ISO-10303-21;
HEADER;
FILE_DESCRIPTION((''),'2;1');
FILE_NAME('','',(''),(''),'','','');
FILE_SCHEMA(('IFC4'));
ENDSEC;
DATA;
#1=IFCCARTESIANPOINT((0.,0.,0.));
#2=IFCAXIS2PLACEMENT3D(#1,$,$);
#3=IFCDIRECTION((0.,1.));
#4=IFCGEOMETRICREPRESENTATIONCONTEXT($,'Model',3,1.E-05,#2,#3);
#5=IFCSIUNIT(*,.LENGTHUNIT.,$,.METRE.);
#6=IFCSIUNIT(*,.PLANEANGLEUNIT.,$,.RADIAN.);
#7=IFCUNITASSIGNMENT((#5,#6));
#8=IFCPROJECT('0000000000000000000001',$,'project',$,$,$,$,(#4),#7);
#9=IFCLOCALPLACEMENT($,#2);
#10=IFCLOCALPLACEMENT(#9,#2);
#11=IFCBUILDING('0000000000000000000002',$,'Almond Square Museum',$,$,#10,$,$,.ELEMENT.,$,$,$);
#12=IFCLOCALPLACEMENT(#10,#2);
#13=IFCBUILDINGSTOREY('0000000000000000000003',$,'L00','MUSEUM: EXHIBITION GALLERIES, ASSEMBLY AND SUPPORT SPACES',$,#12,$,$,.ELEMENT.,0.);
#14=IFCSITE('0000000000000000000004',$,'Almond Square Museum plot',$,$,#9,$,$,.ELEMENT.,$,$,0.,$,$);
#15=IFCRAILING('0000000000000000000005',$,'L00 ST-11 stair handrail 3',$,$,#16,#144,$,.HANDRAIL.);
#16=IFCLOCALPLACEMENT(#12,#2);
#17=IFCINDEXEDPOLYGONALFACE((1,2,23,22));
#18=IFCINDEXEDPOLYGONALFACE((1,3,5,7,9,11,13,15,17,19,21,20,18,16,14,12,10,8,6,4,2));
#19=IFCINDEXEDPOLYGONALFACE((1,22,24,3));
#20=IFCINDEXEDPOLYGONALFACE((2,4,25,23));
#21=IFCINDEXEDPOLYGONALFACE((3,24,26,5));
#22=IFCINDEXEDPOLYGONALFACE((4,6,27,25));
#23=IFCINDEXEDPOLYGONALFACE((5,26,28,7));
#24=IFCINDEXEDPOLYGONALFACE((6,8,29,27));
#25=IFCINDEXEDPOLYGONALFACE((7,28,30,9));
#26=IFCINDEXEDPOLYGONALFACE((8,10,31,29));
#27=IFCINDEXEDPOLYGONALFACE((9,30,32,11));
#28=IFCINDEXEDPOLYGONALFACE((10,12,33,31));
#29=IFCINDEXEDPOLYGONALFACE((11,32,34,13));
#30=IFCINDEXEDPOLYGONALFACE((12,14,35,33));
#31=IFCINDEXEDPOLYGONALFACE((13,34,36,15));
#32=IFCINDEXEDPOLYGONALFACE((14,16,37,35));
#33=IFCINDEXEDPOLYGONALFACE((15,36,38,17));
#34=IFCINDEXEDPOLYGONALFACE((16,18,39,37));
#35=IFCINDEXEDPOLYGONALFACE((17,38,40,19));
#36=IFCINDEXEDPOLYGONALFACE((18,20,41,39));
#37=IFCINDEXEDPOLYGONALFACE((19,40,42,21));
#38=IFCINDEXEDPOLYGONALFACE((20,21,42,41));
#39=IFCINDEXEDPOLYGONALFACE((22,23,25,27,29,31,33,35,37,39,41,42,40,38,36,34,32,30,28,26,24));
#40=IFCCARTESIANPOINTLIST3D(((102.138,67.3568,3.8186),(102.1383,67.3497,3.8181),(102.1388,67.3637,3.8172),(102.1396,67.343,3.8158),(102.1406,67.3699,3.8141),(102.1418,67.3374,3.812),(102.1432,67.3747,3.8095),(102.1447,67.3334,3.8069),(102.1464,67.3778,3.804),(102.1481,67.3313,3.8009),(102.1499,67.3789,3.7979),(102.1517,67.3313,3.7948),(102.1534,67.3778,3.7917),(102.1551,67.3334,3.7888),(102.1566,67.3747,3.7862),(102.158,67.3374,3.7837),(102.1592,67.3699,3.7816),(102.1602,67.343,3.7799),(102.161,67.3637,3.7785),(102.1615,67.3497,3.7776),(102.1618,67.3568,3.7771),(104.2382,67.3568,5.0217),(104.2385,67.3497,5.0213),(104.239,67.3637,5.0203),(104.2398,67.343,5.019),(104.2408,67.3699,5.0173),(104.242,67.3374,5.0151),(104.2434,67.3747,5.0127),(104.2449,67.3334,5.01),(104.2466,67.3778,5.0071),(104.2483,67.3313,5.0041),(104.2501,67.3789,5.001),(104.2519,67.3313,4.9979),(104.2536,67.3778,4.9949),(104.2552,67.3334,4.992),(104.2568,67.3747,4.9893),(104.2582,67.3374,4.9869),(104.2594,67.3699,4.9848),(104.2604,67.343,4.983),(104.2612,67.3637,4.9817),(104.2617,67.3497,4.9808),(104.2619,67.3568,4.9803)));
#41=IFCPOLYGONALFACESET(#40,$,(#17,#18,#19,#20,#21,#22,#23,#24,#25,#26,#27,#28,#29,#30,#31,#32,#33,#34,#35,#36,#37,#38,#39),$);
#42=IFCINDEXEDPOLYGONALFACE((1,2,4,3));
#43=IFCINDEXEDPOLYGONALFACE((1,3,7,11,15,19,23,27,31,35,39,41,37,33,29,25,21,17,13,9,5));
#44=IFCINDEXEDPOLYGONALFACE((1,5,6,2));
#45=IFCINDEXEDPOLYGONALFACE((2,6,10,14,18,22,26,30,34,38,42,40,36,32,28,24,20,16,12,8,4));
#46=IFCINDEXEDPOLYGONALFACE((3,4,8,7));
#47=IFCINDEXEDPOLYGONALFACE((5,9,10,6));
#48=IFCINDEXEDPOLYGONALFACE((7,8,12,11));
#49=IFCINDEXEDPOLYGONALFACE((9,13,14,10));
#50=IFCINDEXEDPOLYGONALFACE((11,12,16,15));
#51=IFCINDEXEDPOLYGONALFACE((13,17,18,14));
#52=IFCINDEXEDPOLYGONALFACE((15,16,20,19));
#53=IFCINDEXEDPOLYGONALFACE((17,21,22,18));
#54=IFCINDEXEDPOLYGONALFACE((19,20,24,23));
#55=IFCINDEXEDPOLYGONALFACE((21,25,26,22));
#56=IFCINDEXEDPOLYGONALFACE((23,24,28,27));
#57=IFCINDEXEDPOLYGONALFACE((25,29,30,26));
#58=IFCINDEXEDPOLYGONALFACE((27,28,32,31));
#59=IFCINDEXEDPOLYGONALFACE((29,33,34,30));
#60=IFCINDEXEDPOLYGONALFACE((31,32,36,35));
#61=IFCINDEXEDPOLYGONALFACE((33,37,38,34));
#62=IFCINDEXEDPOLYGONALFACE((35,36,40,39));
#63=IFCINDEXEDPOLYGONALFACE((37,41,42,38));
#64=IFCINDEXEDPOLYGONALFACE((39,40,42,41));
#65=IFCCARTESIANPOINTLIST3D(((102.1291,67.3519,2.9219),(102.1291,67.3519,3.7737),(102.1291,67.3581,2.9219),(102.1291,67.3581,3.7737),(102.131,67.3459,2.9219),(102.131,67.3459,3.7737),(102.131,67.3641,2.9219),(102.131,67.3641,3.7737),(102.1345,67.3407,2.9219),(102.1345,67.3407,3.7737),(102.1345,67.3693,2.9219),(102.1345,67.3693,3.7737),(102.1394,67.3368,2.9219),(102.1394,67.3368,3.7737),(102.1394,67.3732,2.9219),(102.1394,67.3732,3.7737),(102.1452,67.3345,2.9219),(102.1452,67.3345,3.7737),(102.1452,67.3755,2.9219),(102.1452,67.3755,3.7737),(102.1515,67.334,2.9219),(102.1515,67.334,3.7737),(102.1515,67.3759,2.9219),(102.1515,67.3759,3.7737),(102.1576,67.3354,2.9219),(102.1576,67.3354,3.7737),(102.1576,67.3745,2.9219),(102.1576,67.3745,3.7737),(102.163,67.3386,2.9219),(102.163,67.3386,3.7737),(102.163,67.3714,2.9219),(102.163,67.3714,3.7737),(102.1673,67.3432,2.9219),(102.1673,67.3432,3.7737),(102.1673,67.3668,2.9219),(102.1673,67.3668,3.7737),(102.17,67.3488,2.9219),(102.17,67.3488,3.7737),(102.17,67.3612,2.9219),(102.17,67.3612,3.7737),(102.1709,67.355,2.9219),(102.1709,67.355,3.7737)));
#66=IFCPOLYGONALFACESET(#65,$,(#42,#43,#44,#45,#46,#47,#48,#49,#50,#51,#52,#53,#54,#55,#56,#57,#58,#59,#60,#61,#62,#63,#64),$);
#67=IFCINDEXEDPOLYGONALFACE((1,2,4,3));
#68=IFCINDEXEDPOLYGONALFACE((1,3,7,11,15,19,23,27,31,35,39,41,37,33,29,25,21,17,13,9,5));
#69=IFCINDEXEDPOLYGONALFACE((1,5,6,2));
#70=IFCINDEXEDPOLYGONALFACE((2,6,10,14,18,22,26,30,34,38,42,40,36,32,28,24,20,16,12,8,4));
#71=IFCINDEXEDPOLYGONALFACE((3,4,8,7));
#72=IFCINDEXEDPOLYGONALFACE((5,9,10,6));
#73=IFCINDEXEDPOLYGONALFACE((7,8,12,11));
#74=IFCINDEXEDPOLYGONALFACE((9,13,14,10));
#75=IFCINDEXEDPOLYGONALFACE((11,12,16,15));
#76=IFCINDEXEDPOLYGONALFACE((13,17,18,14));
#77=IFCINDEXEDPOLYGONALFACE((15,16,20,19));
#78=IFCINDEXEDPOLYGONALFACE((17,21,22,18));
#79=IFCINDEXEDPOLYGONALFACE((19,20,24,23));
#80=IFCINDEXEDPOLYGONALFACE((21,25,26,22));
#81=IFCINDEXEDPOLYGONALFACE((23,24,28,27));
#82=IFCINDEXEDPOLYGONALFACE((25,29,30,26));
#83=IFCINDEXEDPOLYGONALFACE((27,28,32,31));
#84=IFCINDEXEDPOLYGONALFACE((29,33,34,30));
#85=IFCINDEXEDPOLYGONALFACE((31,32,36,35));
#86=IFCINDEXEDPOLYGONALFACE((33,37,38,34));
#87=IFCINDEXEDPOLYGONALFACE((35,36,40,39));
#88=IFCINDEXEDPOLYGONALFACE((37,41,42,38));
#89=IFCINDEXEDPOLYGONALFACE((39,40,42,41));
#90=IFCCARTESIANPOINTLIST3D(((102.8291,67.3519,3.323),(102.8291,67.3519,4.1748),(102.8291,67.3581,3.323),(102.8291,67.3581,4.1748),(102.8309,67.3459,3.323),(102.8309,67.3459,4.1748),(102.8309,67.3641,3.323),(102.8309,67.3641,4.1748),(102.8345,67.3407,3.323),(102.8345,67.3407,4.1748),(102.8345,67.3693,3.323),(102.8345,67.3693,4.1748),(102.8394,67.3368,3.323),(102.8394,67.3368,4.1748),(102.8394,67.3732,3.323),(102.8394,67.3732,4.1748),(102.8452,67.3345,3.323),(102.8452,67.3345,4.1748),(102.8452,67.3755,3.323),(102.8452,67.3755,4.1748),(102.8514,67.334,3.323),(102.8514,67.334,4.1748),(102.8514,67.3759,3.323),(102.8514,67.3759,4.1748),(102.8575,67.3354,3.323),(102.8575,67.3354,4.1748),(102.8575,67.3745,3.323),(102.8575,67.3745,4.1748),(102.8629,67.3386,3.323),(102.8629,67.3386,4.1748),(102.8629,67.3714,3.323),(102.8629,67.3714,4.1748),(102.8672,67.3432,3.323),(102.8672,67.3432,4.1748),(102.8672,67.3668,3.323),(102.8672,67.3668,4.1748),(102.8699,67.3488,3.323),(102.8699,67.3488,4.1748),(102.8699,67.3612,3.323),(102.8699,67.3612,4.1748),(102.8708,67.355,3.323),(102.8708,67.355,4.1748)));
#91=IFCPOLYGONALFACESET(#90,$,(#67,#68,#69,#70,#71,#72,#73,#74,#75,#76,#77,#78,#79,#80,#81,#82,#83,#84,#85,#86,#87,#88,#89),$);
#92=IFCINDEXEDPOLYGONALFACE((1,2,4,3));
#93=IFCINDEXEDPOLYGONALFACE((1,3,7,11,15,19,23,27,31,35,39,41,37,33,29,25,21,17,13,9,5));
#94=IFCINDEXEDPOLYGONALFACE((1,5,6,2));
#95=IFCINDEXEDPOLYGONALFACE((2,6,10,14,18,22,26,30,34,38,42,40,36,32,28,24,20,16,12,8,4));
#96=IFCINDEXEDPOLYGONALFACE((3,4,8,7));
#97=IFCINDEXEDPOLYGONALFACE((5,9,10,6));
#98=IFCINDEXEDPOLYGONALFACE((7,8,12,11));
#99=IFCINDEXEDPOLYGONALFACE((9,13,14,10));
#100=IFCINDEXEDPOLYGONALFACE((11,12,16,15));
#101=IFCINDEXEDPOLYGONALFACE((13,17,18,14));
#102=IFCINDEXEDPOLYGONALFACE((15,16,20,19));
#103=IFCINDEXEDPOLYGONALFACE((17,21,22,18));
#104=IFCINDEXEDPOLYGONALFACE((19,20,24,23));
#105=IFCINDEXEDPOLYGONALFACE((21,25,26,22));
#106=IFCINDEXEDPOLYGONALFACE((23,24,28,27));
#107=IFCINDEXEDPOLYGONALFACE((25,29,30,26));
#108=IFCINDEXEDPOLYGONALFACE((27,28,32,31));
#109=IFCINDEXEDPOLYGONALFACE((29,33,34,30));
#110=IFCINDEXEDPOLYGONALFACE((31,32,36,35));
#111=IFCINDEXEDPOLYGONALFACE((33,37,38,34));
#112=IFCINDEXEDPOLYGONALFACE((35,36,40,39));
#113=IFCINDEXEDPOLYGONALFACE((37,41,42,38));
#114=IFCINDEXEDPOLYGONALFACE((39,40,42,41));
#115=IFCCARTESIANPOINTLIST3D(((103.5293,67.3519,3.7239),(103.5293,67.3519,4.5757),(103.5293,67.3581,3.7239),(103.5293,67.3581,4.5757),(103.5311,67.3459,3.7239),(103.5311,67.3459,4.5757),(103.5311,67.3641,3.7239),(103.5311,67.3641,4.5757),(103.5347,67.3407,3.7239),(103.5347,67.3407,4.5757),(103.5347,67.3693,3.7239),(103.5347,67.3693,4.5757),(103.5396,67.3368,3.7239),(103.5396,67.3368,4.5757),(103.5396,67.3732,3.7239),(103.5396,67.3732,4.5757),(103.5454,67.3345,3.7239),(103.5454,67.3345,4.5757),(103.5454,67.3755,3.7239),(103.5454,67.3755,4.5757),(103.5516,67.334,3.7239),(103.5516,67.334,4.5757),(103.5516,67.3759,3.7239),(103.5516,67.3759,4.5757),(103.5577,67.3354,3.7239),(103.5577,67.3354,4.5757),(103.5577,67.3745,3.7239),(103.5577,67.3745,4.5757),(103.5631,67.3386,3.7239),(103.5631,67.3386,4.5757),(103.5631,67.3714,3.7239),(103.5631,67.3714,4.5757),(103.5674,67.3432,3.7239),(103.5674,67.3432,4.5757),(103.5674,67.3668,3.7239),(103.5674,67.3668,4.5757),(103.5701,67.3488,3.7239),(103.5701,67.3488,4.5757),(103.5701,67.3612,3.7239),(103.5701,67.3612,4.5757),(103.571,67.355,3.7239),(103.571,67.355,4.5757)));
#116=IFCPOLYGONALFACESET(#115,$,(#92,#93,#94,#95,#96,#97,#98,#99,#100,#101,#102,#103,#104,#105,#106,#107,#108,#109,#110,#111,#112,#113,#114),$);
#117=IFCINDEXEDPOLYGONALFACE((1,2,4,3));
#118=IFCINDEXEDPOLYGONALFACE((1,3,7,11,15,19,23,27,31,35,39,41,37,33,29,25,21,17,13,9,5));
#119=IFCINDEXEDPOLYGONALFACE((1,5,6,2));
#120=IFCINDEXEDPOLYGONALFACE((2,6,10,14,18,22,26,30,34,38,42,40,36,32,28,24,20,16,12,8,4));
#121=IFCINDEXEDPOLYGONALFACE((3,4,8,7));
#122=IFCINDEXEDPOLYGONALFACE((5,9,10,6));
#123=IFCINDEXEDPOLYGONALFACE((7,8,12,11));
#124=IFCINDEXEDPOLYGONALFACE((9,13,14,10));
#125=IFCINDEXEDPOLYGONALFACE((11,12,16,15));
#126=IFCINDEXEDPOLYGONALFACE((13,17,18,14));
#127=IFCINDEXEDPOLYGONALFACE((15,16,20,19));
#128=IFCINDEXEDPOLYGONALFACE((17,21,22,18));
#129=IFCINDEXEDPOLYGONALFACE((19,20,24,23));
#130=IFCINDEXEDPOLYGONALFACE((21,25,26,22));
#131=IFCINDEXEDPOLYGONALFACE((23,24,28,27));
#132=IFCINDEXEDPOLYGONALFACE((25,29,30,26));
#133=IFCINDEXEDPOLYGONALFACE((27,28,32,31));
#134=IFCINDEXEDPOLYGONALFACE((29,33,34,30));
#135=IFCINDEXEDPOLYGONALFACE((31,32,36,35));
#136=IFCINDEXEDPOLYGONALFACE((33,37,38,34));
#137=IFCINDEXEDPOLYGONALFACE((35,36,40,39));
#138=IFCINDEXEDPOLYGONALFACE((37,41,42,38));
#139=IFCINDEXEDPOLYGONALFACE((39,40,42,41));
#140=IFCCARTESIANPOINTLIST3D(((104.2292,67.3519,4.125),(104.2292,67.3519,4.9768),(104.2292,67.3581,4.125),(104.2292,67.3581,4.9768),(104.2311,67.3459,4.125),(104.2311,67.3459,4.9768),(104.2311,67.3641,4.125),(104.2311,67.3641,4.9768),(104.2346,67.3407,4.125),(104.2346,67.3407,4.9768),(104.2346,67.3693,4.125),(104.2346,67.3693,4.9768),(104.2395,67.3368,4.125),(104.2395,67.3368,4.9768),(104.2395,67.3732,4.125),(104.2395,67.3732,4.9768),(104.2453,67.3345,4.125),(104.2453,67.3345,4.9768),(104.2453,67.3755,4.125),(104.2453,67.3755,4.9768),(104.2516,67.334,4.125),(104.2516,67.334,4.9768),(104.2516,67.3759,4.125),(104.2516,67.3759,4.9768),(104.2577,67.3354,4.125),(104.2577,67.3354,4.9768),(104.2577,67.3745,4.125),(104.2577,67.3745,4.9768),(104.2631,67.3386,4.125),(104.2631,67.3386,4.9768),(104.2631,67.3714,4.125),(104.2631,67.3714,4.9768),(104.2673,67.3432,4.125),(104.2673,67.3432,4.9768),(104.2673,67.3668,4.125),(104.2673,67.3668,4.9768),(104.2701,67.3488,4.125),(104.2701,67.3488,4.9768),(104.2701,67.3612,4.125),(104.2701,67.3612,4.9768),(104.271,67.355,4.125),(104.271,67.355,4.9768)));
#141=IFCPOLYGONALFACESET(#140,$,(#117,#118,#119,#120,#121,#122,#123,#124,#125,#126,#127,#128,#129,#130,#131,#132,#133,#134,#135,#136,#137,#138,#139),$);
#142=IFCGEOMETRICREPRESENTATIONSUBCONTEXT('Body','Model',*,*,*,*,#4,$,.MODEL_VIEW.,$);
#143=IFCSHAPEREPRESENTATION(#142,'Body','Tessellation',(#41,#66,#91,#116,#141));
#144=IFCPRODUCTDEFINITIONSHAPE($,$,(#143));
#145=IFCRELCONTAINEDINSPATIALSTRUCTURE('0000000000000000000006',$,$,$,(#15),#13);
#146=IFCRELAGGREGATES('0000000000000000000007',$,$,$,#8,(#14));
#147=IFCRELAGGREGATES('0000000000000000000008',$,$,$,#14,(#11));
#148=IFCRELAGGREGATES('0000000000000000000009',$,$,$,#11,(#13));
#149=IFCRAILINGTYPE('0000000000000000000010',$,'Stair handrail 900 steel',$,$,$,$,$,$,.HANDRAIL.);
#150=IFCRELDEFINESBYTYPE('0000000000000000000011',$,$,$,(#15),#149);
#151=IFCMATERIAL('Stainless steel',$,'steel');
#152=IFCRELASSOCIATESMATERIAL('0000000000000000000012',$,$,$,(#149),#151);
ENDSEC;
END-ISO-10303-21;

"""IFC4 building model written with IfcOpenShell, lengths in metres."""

from ifc_helpers import new_model, si_unit, direction, frame, origin, origin_2d, place, context, subcontext, project, spatial, circle, extrude, material, type_object, element, save


model = new_model("IFC4")

# Units and contexts
model_context = context("Model", 3, precision=1e-05, world=origin(), true_north=direction((0.0, 1.0)))
body_context = subcontext(model_context, "Body", "Model", "MODEL_VIEW")
ifc_project = project(units=[si_unit("LENGTHUNIT", "METRE"), si_unit("PLANEANGLEUNIT", "RADIAN")], contexts=[model_context])

# Site, building, storey
site_placement = place(None, origin())
site = spatial("IfcSite", under=ifc_project, at=site_placement, Name="Almond Square Museum plot", CompositionType="ELEMENT", RefElevation=0.0)
building_placement = place(site_placement, origin())
building = spatial("IfcBuilding", under=site, at=building_placement, Name="Almond Square Museum", CompositionType="ELEMENT")
storey_placement = place(building_placement, origin())
storey = spatial("IfcBuildingStorey", under=building, at=storey_placement, Name="L00", Description="MUSEUM: EXHIBITION GALLERIES, ASSEMBLY AND SUPPORT SPACES", CompositionType="ELEMENT", Elevation=0.0)

# Railing
ifc_material_1 = material(Name="Stainless steel", Category="steel")
railing_type_1 = type_object("IfcRailingType", Name="Stair handrail 900 steel", PredefinedType="HANDRAIL", material=ifc_material_1)
for number, where, name in (
    (1, (102.1499, 67.355, 2.9219), "L00 ST-11 stair handrail 3"),
):
    element("IfcRailing", number, at=place(storey_placement, frame(where)), inside=storey, type_object=railing_type_1, Name=name, PredefinedType="HANDRAIL", context=body_context, shape_type="SweptSolid", body=[
        extrude(circle(Radius=0.0239, at=origin_2d()), frame((0.0, 0.0, 0.876), z_axis=(0.867696, 0.0, 0.497095), x_axis=(0.0, 1.0, 0.0)), (0.0, 0.0, 1.0), 2.4204),
        extrude(circle(Radius=0.021, at=origin_2d()), origin(), (0.0, 0.0, 1.0), 0.8518),
        extrude(circle(Radius=0.021, at=origin_2d()), frame((0.7, 0.0, 0.4011)), (0.0, 0.0, 1.0), 0.8518),
        extrude(circle(Radius=0.021, at=origin_2d()), frame((1.4001, 0.0, 0.802)), (0.0, 0.0, 1.0), 0.8518),
        extrude(circle(Radius=0.021, at=origin_2d()), frame((2.1001, 0.0, 1.2031)), (0.0, 0.0, 1.0), 0.8518),
    ])

save(model, "model.ifc")
